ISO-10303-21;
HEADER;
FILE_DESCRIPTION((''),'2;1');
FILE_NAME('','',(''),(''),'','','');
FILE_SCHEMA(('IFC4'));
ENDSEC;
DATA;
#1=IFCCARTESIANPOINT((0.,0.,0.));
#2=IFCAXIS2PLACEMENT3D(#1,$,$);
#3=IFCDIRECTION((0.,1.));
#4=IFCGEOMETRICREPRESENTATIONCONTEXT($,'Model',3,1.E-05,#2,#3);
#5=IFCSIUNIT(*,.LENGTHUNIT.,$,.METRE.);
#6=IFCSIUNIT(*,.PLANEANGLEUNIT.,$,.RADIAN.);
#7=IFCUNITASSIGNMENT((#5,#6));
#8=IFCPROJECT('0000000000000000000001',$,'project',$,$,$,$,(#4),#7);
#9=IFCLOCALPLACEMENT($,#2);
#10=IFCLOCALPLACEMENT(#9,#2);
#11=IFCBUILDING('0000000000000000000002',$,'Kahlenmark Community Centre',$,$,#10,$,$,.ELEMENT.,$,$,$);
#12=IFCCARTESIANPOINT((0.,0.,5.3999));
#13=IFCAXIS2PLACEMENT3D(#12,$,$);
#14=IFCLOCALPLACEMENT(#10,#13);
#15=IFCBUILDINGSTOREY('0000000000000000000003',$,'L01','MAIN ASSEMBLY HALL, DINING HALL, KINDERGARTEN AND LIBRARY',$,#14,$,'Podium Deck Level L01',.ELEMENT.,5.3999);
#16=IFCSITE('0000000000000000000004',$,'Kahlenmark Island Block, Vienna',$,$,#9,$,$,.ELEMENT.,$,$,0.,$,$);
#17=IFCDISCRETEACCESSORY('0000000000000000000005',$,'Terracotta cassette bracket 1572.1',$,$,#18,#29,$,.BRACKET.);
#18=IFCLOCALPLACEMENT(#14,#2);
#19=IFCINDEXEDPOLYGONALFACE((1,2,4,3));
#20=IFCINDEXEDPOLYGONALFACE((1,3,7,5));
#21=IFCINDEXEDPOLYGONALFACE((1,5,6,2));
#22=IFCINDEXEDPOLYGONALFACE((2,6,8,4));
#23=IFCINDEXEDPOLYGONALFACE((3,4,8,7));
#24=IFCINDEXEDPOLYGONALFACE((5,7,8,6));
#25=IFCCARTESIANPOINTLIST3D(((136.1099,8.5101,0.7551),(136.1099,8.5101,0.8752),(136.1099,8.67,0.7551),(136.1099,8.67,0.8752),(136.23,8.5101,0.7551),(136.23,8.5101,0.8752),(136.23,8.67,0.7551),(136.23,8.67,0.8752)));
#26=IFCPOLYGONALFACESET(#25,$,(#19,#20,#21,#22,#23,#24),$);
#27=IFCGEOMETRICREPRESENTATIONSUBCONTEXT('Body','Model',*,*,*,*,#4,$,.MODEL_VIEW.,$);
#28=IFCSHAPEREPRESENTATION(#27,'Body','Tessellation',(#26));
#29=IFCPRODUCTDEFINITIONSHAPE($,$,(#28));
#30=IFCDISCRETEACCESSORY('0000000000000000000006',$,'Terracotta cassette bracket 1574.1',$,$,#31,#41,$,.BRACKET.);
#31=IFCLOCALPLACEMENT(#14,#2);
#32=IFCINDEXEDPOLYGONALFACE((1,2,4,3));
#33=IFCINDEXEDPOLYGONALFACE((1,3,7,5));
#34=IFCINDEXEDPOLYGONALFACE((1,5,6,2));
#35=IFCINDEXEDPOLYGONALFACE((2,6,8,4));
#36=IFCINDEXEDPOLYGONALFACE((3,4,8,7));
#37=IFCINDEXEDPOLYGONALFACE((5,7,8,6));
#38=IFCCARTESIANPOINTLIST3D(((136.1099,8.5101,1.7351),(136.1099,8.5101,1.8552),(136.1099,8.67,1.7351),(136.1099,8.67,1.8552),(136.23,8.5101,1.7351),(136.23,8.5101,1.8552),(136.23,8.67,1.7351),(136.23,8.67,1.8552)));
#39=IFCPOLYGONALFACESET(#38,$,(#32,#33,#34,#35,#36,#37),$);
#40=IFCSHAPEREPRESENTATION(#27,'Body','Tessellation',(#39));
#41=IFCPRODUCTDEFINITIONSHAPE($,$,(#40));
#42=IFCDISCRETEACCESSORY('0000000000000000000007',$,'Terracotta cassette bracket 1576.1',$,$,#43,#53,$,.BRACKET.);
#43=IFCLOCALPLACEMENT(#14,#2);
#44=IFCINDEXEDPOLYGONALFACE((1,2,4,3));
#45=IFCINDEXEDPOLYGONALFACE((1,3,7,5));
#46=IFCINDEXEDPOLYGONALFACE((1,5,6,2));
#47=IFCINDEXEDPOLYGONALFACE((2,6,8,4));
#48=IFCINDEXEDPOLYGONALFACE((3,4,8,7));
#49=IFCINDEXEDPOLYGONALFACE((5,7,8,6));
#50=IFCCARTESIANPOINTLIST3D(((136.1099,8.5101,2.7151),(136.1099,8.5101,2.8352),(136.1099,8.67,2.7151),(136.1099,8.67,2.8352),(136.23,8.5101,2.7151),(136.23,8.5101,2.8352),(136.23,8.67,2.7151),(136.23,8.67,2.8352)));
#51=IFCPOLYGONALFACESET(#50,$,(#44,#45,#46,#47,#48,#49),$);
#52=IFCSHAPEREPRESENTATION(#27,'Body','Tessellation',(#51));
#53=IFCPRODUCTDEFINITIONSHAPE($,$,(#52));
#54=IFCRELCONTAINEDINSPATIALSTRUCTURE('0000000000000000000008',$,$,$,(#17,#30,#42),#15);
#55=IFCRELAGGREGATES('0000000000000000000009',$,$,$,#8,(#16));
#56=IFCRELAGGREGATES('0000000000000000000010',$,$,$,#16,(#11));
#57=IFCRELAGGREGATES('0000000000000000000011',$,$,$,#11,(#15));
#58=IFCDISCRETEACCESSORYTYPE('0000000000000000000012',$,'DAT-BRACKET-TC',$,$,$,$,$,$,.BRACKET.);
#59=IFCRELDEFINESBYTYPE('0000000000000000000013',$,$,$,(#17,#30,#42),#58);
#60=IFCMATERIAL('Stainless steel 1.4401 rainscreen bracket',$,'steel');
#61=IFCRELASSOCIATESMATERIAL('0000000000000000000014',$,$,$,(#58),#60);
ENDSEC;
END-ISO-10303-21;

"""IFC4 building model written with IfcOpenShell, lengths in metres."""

from ifc_helpers import new_model, si_unit, direction, frame, origin, origin_2d, place, context, subcontext, project, spatial, rectangle, extrude, material, type_object, element, save


model = new_model("IFC4")

# Units and contexts
model_context = context("Model", 3, precision=1e-05, world=origin(), true_north=direction((0.0, 1.0)))
body_context = subcontext(model_context, "Body", "Model", "MODEL_VIEW")
ifc_project = project(units=[si_unit("LENGTHUNIT", "METRE"), si_unit("PLANEANGLEUNIT", "RADIAN")], contexts=[model_context])

# Site, building, storey
site_placement = place(None, origin())
site = spatial("IfcSite", under=ifc_project, at=site_placement, Name="Kahlenmark Island Block, Vienna", CompositionType="ELEMENT", RefElevation=0.0)
building_placement = place(site_placement, origin())
building = spatial("IfcBuilding", under=site, at=building_placement, Name="Kahlenmark Community Centre", CompositionType="ELEMENT")
storey_placement = place(building_placement, frame((0.0, 0.0, 5.3999)))
storey = spatial("IfcBuildingStorey", under=building, at=storey_placement, Name="L01", Description="MAIN ASSEMBLY HALL, DINING HALL, KINDERGARTEN AND LIBRARY", LongName="Podium Deck Level L01", CompositionType="ELEMENT", Elevation=5.3999)

# Discrete accessories
ifc_material_1 = material(Name="Stainless steel 1.4401 rainscreen bracket", Category="steel")
discrete_accessory_type = type_object("IfcDiscreteAccessoryType", Name="DAT-BRACKET-TC", PredefinedType="BRACKET", material=ifc_material_1)
for number, where, z_axis, x_axis, name in (
    (1, (136.1699, 8.5901, 0.7551), (0.0, 0.0, 1.0), (1.0, 0.0, 0.0), "Terracotta cassette bracket 1572.1"),
    (2, (136.1699, 8.5901, 1.7351), (0.0, 0.0, 1.0), (1.0, 0.0, 0.0), "Terracotta cassette bracket 1574.1"),
    (3, (136.1699, 8.5901, 2.7151), (0.0, 0.0, 1.0), (1.0, 0.0, 0.0), "Terracotta cassette bracket 1576.1"),
):
    element("IfcDiscreteAccessory", number, at=place(storey_placement, frame(where, z_axis=z_axis, x_axis=x_axis)), inside=storey, type_object=discrete_accessory_type, Name=name, PredefinedType="BRACKET", context=body_context, shape_type="SweptSolid", body=[
        extrude(rectangle(XDim=0.1201, YDim=0.1599, at=origin_2d()), origin(), (0.0, 0.0, 1.0), 0.1201),
    ])

save(model, "model.ifc")
